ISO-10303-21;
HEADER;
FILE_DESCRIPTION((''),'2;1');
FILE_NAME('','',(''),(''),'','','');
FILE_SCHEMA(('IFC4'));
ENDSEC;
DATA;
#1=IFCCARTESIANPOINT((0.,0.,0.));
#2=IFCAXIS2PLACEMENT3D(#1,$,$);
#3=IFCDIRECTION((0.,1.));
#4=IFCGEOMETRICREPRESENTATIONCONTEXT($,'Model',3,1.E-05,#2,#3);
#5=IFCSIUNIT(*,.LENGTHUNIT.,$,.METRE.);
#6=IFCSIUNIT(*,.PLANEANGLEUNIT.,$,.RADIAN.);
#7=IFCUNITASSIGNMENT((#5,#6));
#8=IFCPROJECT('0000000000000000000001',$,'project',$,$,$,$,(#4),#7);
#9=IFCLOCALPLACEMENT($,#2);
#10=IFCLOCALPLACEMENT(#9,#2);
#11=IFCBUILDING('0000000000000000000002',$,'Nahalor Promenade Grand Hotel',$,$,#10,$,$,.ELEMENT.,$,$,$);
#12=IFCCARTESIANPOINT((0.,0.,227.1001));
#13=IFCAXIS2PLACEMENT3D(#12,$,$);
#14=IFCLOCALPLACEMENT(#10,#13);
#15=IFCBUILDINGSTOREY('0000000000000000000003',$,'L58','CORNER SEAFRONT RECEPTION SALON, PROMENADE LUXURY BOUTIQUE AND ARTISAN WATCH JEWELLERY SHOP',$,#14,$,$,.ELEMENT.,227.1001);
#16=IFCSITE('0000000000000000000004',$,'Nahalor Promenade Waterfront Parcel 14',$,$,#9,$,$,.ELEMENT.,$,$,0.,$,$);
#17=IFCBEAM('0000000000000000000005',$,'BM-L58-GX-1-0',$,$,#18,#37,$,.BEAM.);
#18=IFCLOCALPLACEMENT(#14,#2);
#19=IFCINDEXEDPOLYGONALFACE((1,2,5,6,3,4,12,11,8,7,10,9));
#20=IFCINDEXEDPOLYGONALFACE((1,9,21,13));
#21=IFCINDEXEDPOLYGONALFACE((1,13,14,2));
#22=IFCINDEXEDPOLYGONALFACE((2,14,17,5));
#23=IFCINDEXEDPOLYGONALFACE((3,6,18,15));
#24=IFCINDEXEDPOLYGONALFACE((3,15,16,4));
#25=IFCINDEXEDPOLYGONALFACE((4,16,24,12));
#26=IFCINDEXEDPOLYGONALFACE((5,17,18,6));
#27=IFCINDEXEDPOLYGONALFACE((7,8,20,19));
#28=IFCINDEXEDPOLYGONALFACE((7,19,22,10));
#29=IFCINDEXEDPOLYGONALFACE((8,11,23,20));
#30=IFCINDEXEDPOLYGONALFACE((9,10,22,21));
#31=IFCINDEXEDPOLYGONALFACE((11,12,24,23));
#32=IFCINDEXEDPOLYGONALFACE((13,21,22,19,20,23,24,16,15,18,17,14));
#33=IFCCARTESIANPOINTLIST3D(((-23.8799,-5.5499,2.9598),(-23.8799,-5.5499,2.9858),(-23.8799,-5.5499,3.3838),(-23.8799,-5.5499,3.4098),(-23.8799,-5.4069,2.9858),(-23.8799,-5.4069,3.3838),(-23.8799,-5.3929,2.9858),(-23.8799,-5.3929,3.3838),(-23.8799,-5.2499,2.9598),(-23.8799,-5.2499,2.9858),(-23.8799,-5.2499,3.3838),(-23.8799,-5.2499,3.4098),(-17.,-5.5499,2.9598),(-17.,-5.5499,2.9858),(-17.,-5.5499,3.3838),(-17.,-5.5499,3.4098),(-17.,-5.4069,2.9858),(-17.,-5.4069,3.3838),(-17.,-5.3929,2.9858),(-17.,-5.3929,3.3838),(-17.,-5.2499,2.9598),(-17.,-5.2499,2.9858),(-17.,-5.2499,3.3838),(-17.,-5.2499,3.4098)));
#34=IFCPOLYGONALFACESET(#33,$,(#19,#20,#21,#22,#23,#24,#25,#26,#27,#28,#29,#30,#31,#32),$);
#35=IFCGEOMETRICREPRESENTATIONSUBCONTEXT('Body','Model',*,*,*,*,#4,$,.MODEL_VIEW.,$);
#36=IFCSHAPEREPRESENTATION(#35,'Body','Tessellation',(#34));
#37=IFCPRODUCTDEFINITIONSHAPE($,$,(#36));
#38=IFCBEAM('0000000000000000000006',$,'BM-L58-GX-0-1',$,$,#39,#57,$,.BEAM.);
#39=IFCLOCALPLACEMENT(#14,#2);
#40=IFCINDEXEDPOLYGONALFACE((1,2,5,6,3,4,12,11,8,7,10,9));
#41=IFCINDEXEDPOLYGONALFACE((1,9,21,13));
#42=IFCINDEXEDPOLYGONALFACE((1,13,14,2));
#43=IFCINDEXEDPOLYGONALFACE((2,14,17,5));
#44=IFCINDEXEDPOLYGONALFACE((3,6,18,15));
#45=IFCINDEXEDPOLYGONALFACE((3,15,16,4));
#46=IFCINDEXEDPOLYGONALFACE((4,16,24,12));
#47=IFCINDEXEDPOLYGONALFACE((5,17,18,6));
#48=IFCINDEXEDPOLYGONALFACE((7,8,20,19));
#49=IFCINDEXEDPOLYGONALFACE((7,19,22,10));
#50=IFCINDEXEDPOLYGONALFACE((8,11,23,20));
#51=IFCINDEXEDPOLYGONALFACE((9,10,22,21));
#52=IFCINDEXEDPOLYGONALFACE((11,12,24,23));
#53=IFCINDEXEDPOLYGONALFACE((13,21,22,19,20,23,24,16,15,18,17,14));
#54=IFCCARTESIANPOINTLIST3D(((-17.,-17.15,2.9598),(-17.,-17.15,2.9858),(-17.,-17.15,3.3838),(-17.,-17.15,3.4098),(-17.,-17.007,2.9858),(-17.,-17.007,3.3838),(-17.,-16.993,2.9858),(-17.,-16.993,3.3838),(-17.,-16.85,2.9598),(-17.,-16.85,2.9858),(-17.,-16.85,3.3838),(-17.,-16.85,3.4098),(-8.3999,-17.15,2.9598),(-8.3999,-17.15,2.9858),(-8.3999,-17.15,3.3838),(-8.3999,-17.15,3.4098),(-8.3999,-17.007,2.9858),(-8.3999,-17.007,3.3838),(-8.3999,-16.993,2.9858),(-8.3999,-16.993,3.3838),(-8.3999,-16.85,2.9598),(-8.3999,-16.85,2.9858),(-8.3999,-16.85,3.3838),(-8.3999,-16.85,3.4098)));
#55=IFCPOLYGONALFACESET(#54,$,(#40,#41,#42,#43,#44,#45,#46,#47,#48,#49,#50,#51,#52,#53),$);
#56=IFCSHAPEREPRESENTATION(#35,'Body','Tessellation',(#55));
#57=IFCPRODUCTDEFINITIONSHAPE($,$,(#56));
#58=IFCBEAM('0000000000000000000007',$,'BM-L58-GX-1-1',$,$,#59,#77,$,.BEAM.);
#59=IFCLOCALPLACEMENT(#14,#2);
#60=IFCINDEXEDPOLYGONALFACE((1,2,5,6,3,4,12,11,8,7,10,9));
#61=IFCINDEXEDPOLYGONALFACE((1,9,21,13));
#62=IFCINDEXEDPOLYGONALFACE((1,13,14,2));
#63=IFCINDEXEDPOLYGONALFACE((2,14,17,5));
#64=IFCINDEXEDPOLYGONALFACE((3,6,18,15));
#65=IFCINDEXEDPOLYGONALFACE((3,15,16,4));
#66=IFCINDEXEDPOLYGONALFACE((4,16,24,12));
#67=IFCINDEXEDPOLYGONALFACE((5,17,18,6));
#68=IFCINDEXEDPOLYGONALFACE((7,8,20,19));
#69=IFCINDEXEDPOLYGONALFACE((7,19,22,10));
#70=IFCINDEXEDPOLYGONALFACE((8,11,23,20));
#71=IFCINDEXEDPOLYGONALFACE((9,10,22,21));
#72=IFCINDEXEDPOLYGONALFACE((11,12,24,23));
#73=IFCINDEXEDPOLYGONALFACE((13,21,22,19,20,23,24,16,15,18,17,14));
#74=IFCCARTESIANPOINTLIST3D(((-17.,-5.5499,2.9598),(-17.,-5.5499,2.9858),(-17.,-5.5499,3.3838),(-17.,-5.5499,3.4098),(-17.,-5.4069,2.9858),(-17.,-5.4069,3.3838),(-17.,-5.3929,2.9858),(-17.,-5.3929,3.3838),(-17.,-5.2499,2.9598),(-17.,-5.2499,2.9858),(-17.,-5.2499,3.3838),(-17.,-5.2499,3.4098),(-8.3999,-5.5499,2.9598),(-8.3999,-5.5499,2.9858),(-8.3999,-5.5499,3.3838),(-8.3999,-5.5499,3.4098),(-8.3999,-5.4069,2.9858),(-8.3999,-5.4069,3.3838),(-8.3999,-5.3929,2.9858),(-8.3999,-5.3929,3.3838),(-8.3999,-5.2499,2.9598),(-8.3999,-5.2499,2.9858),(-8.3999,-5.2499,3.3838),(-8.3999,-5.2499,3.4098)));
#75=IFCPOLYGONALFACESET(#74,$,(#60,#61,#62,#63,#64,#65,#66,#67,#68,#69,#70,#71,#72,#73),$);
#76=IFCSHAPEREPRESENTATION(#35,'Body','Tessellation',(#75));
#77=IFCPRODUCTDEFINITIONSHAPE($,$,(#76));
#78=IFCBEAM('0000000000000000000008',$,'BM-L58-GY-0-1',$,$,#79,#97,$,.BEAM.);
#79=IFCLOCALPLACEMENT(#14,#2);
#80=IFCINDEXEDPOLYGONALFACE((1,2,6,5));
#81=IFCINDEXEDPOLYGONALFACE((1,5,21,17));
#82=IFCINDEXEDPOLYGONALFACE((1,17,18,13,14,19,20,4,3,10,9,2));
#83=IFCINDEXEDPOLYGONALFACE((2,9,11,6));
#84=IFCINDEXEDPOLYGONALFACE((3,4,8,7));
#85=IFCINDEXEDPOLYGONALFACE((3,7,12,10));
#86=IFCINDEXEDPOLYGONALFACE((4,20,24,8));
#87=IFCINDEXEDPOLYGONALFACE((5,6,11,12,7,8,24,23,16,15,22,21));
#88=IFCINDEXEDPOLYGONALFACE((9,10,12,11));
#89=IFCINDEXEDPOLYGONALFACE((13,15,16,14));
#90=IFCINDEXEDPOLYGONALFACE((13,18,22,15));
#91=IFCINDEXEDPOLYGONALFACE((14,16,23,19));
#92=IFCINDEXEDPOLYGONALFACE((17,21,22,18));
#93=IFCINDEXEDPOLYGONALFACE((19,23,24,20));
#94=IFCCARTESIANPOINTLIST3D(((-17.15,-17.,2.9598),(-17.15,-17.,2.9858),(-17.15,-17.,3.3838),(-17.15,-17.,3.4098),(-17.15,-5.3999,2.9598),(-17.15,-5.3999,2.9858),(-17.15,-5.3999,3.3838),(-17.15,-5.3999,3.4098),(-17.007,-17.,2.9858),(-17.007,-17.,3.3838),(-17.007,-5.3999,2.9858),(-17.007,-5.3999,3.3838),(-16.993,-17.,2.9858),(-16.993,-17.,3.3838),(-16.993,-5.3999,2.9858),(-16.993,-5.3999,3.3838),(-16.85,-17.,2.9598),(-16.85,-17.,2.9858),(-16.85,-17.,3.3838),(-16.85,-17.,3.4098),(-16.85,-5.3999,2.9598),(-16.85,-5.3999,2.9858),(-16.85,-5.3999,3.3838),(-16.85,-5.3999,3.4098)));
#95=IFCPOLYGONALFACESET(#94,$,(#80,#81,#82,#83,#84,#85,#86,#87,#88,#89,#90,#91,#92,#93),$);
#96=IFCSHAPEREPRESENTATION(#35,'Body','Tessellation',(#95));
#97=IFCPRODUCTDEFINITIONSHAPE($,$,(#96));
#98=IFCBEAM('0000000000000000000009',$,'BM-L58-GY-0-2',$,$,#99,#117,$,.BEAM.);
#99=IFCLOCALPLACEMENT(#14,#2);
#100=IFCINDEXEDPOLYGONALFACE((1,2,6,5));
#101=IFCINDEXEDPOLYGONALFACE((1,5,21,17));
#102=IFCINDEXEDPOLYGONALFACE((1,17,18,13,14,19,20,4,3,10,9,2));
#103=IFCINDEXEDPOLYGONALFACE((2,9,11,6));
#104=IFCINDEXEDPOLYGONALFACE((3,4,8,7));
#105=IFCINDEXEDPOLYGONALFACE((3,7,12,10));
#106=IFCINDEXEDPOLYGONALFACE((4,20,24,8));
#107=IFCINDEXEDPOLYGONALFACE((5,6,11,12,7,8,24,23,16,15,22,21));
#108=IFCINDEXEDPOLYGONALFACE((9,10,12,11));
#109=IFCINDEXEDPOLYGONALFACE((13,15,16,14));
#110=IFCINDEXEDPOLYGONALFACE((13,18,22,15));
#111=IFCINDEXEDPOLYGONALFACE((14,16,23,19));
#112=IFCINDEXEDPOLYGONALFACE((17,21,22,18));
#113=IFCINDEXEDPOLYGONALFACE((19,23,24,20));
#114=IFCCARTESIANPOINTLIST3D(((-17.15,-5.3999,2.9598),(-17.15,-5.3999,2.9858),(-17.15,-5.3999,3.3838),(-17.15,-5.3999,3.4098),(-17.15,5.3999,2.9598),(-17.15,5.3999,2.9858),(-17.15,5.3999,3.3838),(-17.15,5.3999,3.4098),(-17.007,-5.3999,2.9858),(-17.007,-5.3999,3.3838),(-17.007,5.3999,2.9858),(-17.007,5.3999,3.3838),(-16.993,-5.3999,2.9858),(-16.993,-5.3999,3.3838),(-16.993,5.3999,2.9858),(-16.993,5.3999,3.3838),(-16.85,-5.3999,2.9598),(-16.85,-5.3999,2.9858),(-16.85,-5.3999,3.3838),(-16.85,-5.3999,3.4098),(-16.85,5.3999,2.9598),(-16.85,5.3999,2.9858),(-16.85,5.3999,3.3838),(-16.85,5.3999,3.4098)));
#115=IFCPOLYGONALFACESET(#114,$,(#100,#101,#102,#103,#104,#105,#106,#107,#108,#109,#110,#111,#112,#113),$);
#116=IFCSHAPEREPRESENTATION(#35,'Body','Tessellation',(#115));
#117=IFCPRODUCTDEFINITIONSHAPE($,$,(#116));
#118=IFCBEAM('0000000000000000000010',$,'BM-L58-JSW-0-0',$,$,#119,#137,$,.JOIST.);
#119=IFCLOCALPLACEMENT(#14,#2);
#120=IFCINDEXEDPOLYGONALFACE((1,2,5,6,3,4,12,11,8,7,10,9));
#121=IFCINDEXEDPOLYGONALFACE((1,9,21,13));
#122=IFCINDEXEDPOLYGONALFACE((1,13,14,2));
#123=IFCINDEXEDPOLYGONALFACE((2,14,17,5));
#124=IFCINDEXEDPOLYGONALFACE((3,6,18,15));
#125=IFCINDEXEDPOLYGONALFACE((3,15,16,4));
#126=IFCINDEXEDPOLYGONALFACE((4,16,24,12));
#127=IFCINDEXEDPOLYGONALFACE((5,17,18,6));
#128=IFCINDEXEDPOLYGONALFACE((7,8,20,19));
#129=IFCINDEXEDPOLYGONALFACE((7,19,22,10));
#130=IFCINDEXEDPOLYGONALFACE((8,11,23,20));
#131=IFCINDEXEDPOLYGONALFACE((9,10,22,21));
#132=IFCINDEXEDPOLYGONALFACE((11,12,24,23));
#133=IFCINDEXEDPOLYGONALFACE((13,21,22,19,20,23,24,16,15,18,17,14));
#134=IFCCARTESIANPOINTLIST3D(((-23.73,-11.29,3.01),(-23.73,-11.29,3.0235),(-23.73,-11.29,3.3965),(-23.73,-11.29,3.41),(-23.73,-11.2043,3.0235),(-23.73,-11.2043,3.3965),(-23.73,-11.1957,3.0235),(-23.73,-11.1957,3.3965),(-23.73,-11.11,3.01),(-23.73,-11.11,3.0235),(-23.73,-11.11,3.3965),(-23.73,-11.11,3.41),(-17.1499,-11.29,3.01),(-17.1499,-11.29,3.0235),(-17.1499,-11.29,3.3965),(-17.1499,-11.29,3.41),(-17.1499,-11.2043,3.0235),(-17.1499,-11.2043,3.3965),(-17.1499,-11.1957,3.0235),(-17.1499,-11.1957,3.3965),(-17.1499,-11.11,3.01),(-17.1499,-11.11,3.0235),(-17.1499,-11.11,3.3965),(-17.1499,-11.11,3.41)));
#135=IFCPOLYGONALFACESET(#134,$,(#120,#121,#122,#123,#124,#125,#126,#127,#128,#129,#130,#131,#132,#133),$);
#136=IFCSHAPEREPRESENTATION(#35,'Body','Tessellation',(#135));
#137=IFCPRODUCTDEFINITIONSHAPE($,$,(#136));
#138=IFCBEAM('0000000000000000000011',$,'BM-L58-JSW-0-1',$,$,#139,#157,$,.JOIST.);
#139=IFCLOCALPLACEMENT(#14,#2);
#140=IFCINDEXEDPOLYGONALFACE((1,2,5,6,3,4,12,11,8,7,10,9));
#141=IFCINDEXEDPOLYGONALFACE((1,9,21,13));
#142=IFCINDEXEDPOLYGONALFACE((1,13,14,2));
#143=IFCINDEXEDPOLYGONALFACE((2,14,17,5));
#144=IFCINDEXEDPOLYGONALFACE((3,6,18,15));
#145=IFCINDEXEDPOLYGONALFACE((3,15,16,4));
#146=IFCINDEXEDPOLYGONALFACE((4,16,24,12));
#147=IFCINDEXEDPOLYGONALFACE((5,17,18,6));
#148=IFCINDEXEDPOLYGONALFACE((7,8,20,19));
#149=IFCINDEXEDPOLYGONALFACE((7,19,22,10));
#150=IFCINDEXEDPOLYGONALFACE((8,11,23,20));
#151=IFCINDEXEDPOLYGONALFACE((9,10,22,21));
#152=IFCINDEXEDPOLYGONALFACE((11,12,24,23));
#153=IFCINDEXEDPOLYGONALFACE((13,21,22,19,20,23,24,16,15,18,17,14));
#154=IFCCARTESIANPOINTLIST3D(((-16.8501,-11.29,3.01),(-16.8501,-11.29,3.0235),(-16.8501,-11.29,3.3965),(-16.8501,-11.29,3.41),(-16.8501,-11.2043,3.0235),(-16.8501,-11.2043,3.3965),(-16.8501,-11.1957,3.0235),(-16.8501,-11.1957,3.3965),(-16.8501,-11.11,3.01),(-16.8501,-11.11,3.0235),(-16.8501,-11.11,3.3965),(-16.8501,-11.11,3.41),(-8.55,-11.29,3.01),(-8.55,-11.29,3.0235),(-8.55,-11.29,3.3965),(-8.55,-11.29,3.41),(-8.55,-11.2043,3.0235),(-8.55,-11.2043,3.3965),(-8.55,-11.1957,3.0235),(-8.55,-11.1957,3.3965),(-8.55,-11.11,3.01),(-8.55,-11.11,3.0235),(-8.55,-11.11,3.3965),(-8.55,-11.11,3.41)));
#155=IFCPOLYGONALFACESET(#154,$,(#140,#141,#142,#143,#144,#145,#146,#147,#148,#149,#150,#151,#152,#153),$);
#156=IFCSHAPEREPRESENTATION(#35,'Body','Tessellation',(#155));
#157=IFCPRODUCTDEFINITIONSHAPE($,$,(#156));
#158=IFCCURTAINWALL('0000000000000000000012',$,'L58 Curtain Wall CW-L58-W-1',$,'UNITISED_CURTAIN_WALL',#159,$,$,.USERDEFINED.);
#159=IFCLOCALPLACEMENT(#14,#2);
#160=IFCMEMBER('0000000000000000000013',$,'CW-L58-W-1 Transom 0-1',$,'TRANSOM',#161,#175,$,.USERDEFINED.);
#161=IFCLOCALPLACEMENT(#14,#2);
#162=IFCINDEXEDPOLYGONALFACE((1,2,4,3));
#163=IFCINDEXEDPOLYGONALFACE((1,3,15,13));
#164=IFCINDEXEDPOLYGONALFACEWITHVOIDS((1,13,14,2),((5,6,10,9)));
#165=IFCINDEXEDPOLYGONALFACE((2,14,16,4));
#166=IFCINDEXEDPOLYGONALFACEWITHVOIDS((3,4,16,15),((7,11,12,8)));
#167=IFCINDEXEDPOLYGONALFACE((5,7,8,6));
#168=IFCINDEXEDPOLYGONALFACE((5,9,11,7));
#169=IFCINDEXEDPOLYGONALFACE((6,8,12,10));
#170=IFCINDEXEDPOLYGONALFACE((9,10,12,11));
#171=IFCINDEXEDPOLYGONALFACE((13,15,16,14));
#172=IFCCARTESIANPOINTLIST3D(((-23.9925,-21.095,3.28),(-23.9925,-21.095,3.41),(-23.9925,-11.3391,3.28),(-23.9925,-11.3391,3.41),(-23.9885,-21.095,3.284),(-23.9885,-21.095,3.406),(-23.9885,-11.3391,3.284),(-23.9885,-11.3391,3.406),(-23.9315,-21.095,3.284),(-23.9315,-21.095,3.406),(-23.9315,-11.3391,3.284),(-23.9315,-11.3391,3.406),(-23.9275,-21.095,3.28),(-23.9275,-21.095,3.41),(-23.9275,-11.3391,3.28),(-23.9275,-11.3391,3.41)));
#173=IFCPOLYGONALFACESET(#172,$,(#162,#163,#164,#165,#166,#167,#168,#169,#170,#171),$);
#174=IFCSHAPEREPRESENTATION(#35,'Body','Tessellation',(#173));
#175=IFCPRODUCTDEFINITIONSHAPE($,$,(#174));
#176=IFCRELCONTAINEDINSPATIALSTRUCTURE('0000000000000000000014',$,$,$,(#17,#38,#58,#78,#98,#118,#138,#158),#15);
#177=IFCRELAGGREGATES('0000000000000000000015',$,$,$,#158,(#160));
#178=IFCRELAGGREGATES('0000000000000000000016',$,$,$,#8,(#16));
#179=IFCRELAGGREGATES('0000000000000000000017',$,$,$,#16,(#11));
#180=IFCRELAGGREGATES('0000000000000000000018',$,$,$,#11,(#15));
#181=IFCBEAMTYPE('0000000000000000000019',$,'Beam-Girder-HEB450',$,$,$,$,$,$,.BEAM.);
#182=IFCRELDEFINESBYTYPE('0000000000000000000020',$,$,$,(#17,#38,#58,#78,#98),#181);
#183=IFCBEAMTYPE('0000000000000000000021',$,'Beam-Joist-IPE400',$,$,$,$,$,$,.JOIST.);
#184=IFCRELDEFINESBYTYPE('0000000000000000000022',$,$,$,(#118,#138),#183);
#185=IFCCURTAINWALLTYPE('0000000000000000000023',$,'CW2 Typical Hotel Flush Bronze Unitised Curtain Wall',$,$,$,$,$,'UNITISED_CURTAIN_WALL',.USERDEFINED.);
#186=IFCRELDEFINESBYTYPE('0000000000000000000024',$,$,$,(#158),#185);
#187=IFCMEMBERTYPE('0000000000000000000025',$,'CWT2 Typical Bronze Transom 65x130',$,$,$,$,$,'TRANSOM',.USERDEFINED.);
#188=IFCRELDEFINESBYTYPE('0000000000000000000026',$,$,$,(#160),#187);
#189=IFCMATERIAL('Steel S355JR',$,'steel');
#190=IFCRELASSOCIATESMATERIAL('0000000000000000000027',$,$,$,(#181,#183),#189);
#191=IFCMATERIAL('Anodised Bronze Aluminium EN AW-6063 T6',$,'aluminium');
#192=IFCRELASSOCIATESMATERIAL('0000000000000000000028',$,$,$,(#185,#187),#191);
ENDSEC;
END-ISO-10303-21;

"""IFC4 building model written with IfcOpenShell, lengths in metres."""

from ifc_helpers import new_model, si_unit, direction, frame, origin, origin_2d, place, context, subcontext, project, spatial, hollow_rectangle, i_section, extrude, source, transform, mapped, material, material_profile, profile_set, type_object, element, aggregate, save


model = new_model("IFC4")

# Units and contexts
model_context = context("Model", 3, precision=1e-05, world=origin(), true_north=direction((0.0, 1.0)))
body_context = subcontext(model_context, "Body", "Model", "MODEL_VIEW")
ifc_project = project(units=[si_unit("LENGTHUNIT", "METRE"), si_unit("PLANEANGLEUNIT", "RADIAN")], contexts=[model_context])

# Site, building, storey
site_placement = place(None, origin())
site = spatial("IfcSite", under=ifc_project, at=site_placement, Name="Nahalor Promenade Waterfront Parcel 14", CompositionType="ELEMENT", RefElevation=0.0)
building_placement = place(site_placement, origin())
building = spatial("IfcBuilding", under=site, at=building_placement, Name="Nahalor Promenade Grand Hotel", CompositionType="ELEMENT")
storey_placement = place(building_placement, frame((0.0, 0.0, 227.1001)))
storey = spatial("IfcBuildingStorey", under=building, at=storey_placement, Name="L58", Description="CORNER SEAFRONT RECEPTION SALON, PROMENADE LUXURY BOUTIQUE AND ARTISAN WATCH JEWELLERY SHOP", CompositionType="ELEMENT", Elevation=227.1001)

# Shared definitions
ifc_material_1 = material(Name="Steel S355JR", Category="steel")

# Beams
ifc_material_profile_1 = material_profile(ifc_material_1, i_section(OverallWidth=0.3, OverallDepth=0.45, WebThickness=0.014, FlangeThickness=0.026, at=origin_2d()), Name="HEB 450")
ifc_profile_set_1 = profile_set([ifc_material_profile_1], Name="Steel S355JR")
beam_type_1 = type_object("IfcBeamType", Name="Beam-Girder-HEB450", PredefinedType="BEAM", material=ifc_profile_set_1)
shared_shape_1 = source(origin(), body_context, "Body", "SweptSolid", [
    extrude(i_section(OverallWidth=0.3, OverallDepth=0.45, WebThickness=0.014, FlangeThickness=0.026, at=origin_2d()), origin(), (0.0, 0.0, 1.0), 6.8799),
])
for number, where, z_axis, x_axis, name in (
    (1, (-23.8799, -5.3999, 3.1848), (1.0, 0.0, 0.0), (0.0, 1.0, 0.0), "BM-L58-GX-1-0"),
):
    element("IfcBeam", number, at=place(storey_placement, frame(where, z_axis=z_axis, x_axis=x_axis)), inside=storey, type_object=beam_type_1, Name=name, PredefinedType="BEAM", context=body_context, shape_type="MappedRepresentation", body=[
        mapped(shared_shape_1, transform((0.0, 0.0, 0.0), scale=1.0)),
    ])
shared_shape_2 = source(origin(), body_context, "Body", "SweptSolid", [
    extrude(i_section(OverallWidth=0.3, OverallDepth=0.45, WebThickness=0.014, FlangeThickness=0.026, at=origin_2d()), origin(), (0.0, 0.0, 1.0), 8.6001),
])
for number, where, z_axis, x_axis, name in (
    (2, (-17.0, -17.0, 3.1848), (1.0, 0.0, 0.0), (0.0, 1.0, 0.0), "BM-L58-GX-0-1"),
    (3, (-17.0, -5.3999, 3.1848), (1.0, 0.0, 0.0), (0.0, 1.0, 0.0), "BM-L58-GX-1-1"),
):
    element("IfcBeam", number, at=place(storey_placement, frame(where, z_axis=z_axis, x_axis=x_axis)), inside=storey, type_object=beam_type_1, Name=name, PredefinedType="BEAM", context=body_context, shape_type="MappedRepresentation", body=[
        mapped(shared_shape_2, transform((0.0, 0.0, 0.0), scale=1.0)),
    ])
shared_shape_3 = source(origin(), body_context, "Body", "SweptSolid", [
    extrude(i_section(OverallWidth=0.3, OverallDepth=0.45, WebThickness=0.014, FlangeThickness=0.026, at=origin_2d()), origin(), (0.0, 0.0, 1.0), 11.6001),
])
beam_1_placement = place(storey_placement, frame((-17.0, -17.0, 3.1848), z_axis=(0.0, 1.0, 0.0), x_axis=(-1.0, 0.0, 0.0)))
element("IfcBeam", 4, at=beam_1_placement, inside=storey, type_object=beam_type_1, Name="BM-L58-GY-0-1", PredefinedType="BEAM", context=body_context, shape_type="MappedRepresentation", body=[
    mapped(shared_shape_3, transform((0.0, 0.0, 0.0), scale=1.0)),
])
shared_shape_4 = source(origin(), body_context, "Body", "SweptSolid", [
    extrude(i_section(OverallWidth=0.3, OverallDepth=0.45, WebThickness=0.014, FlangeThickness=0.026, at=origin_2d()), origin(), (0.0, 0.0, 1.0), 10.7998),
])
beam_2_placement = place(storey_placement, frame((-17.0, -5.3999, 3.1848), z_axis=(0.0, 1.0, 0.0), x_axis=(-1.0, 0.0, 0.0)))
element("IfcBeam", 5, at=beam_2_placement, inside=storey, type_object=beam_type_1, Name="BM-L58-GY-0-2", PredefinedType="BEAM", context=body_context, shape_type="MappedRepresentation", body=[
    mapped(shared_shape_4, transform((0.0, 0.0, 0.0), scale=1.0)),
])
ifc_material_profile_2 = material_profile(ifc_material_1, i_section(OverallWidth=0.18, OverallDepth=0.4, WebThickness=0.0086, FlangeThickness=0.0135, at=origin_2d()), Name="IPE 400")
ifc_profile_set_2 = profile_set([ifc_material_profile_2], Name="Steel S355JR")
beam_type_2 = type_object("IfcBeamType", Name="Beam-Joist-IPE400", PredefinedType="JOIST", material=ifc_profile_set_2)
shared_shape_5 = source(origin(), body_context, "Body", "SweptSolid", [
    extrude(i_section(OverallWidth=0.18, OverallDepth=0.4, WebThickness=0.0086, FlangeThickness=0.0135, at=origin_2d()), origin(), (0.0, 0.0, 1.0), 6.5801),
])
beam_3_placement = place(storey_placement, frame((-23.73, -11.2, 3.21), z_axis=(1.0, 0.0, 0.0), x_axis=(0.0, 1.0, 0.0)))
element("IfcBeam", 6, at=beam_3_placement, inside=storey, type_object=beam_type_2, Name="BM-L58-JSW-0-0", PredefinedType="JOIST", context=body_context, shape_type="MappedRepresentation", body=[
    mapped(shared_shape_5, transform((0.0, 0.0, 0.0), scale=1.0)),
])
shared_shape_6 = source(origin(), body_context, "Body", "SweptSolid", [
    extrude(i_section(OverallWidth=0.18, OverallDepth=0.4, WebThickness=0.0086, FlangeThickness=0.0135, at=origin_2d()), origin(), (0.0, 0.0, 1.0), 8.3),
])
beam_4_placement = place(storey_placement, frame((-16.8501, -11.2, 3.21), z_axis=(1.0, 0.0, 0.0), x_axis=(0.0, 1.0, 0.0)))
element("IfcBeam", 7, at=beam_4_placement, inside=storey, type_object=beam_type_2, Name="BM-L58-JSW-0-1", PredefinedType="JOIST", context=body_context, shape_type="MappedRepresentation", body=[
    mapped(shared_shape_6, transform((0.0, 0.0, 0.0), scale=1.0)),
])

# Curtain wall, member
ifc_material_2 = material(Name="Anodised Bronze Aluminium EN AW-6063 T6", Category="aluminium")
curtain_wall_type = type_object("IfcCurtainWallType", Name="CW2 Typical Hotel Flush Bronze Unitised Curtain Wall", ElementType="UNITISED_CURTAIN_WALL", PredefinedType="USERDEFINED", material=ifc_material_2)
curtain_wall_placement = place(storey_placement, origin())
curtain_wall = element("IfcCurtainWall", 8, at=curtain_wall_placement, inside=storey, type_object=curtain_wall_type, Name="L58 Curtain Wall CW-L58-W-1", ObjectType="UNITISED_CURTAIN_WALL", PredefinedType="USERDEFINED")
ifc_material_profile_3 = material_profile(ifc_material_2, hollow_rectangle(XDim=0.065, YDim=0.13, WallThickness=0.004, at=origin_2d()), Name="CWT 65x130x4")
ifc_profile_set_3 = profile_set([ifc_material_profile_3], Name="Anodised Bronze Aluminium EN AW-6063 T6")
member_type_1 = type_object("IfcMemberType", Name="CWT2 Typical Bronze Transom 65x130", ElementType="TRANSOM", PredefinedType="USERDEFINED", material=ifc_profile_set_3)
shared_shape_7 = source(origin(), body_context, "Body", "SweptSolid", [
    extrude(hollow_rectangle(XDim=0.065, YDim=0.13, WallThickness=0.004, at=origin_2d()), origin(), (0.0, 0.0, 1.0), 9.7559),
])
member_1_placement = place(storey_placement, frame((-23.96, -21.095, 3.345), z_axis=(0.0, 1.0, 0.0), x_axis=(-1.0, 0.0, 0.0)))
member_1 = element("IfcMember", 9, at=member_1_placement, type_object=member_type_1, Name="CW-L58-W-1 Transom 0-1", ObjectType="TRANSOM", PredefinedType="USERDEFINED", context=body_context, shape_type="MappedRepresentation", body=[
    mapped(shared_shape_7, transform((0.0, 0.0, 0.0), scale=1.0)),
])
aggregate(curtain_wall, [member_1])

save(model, "model.ifc")
